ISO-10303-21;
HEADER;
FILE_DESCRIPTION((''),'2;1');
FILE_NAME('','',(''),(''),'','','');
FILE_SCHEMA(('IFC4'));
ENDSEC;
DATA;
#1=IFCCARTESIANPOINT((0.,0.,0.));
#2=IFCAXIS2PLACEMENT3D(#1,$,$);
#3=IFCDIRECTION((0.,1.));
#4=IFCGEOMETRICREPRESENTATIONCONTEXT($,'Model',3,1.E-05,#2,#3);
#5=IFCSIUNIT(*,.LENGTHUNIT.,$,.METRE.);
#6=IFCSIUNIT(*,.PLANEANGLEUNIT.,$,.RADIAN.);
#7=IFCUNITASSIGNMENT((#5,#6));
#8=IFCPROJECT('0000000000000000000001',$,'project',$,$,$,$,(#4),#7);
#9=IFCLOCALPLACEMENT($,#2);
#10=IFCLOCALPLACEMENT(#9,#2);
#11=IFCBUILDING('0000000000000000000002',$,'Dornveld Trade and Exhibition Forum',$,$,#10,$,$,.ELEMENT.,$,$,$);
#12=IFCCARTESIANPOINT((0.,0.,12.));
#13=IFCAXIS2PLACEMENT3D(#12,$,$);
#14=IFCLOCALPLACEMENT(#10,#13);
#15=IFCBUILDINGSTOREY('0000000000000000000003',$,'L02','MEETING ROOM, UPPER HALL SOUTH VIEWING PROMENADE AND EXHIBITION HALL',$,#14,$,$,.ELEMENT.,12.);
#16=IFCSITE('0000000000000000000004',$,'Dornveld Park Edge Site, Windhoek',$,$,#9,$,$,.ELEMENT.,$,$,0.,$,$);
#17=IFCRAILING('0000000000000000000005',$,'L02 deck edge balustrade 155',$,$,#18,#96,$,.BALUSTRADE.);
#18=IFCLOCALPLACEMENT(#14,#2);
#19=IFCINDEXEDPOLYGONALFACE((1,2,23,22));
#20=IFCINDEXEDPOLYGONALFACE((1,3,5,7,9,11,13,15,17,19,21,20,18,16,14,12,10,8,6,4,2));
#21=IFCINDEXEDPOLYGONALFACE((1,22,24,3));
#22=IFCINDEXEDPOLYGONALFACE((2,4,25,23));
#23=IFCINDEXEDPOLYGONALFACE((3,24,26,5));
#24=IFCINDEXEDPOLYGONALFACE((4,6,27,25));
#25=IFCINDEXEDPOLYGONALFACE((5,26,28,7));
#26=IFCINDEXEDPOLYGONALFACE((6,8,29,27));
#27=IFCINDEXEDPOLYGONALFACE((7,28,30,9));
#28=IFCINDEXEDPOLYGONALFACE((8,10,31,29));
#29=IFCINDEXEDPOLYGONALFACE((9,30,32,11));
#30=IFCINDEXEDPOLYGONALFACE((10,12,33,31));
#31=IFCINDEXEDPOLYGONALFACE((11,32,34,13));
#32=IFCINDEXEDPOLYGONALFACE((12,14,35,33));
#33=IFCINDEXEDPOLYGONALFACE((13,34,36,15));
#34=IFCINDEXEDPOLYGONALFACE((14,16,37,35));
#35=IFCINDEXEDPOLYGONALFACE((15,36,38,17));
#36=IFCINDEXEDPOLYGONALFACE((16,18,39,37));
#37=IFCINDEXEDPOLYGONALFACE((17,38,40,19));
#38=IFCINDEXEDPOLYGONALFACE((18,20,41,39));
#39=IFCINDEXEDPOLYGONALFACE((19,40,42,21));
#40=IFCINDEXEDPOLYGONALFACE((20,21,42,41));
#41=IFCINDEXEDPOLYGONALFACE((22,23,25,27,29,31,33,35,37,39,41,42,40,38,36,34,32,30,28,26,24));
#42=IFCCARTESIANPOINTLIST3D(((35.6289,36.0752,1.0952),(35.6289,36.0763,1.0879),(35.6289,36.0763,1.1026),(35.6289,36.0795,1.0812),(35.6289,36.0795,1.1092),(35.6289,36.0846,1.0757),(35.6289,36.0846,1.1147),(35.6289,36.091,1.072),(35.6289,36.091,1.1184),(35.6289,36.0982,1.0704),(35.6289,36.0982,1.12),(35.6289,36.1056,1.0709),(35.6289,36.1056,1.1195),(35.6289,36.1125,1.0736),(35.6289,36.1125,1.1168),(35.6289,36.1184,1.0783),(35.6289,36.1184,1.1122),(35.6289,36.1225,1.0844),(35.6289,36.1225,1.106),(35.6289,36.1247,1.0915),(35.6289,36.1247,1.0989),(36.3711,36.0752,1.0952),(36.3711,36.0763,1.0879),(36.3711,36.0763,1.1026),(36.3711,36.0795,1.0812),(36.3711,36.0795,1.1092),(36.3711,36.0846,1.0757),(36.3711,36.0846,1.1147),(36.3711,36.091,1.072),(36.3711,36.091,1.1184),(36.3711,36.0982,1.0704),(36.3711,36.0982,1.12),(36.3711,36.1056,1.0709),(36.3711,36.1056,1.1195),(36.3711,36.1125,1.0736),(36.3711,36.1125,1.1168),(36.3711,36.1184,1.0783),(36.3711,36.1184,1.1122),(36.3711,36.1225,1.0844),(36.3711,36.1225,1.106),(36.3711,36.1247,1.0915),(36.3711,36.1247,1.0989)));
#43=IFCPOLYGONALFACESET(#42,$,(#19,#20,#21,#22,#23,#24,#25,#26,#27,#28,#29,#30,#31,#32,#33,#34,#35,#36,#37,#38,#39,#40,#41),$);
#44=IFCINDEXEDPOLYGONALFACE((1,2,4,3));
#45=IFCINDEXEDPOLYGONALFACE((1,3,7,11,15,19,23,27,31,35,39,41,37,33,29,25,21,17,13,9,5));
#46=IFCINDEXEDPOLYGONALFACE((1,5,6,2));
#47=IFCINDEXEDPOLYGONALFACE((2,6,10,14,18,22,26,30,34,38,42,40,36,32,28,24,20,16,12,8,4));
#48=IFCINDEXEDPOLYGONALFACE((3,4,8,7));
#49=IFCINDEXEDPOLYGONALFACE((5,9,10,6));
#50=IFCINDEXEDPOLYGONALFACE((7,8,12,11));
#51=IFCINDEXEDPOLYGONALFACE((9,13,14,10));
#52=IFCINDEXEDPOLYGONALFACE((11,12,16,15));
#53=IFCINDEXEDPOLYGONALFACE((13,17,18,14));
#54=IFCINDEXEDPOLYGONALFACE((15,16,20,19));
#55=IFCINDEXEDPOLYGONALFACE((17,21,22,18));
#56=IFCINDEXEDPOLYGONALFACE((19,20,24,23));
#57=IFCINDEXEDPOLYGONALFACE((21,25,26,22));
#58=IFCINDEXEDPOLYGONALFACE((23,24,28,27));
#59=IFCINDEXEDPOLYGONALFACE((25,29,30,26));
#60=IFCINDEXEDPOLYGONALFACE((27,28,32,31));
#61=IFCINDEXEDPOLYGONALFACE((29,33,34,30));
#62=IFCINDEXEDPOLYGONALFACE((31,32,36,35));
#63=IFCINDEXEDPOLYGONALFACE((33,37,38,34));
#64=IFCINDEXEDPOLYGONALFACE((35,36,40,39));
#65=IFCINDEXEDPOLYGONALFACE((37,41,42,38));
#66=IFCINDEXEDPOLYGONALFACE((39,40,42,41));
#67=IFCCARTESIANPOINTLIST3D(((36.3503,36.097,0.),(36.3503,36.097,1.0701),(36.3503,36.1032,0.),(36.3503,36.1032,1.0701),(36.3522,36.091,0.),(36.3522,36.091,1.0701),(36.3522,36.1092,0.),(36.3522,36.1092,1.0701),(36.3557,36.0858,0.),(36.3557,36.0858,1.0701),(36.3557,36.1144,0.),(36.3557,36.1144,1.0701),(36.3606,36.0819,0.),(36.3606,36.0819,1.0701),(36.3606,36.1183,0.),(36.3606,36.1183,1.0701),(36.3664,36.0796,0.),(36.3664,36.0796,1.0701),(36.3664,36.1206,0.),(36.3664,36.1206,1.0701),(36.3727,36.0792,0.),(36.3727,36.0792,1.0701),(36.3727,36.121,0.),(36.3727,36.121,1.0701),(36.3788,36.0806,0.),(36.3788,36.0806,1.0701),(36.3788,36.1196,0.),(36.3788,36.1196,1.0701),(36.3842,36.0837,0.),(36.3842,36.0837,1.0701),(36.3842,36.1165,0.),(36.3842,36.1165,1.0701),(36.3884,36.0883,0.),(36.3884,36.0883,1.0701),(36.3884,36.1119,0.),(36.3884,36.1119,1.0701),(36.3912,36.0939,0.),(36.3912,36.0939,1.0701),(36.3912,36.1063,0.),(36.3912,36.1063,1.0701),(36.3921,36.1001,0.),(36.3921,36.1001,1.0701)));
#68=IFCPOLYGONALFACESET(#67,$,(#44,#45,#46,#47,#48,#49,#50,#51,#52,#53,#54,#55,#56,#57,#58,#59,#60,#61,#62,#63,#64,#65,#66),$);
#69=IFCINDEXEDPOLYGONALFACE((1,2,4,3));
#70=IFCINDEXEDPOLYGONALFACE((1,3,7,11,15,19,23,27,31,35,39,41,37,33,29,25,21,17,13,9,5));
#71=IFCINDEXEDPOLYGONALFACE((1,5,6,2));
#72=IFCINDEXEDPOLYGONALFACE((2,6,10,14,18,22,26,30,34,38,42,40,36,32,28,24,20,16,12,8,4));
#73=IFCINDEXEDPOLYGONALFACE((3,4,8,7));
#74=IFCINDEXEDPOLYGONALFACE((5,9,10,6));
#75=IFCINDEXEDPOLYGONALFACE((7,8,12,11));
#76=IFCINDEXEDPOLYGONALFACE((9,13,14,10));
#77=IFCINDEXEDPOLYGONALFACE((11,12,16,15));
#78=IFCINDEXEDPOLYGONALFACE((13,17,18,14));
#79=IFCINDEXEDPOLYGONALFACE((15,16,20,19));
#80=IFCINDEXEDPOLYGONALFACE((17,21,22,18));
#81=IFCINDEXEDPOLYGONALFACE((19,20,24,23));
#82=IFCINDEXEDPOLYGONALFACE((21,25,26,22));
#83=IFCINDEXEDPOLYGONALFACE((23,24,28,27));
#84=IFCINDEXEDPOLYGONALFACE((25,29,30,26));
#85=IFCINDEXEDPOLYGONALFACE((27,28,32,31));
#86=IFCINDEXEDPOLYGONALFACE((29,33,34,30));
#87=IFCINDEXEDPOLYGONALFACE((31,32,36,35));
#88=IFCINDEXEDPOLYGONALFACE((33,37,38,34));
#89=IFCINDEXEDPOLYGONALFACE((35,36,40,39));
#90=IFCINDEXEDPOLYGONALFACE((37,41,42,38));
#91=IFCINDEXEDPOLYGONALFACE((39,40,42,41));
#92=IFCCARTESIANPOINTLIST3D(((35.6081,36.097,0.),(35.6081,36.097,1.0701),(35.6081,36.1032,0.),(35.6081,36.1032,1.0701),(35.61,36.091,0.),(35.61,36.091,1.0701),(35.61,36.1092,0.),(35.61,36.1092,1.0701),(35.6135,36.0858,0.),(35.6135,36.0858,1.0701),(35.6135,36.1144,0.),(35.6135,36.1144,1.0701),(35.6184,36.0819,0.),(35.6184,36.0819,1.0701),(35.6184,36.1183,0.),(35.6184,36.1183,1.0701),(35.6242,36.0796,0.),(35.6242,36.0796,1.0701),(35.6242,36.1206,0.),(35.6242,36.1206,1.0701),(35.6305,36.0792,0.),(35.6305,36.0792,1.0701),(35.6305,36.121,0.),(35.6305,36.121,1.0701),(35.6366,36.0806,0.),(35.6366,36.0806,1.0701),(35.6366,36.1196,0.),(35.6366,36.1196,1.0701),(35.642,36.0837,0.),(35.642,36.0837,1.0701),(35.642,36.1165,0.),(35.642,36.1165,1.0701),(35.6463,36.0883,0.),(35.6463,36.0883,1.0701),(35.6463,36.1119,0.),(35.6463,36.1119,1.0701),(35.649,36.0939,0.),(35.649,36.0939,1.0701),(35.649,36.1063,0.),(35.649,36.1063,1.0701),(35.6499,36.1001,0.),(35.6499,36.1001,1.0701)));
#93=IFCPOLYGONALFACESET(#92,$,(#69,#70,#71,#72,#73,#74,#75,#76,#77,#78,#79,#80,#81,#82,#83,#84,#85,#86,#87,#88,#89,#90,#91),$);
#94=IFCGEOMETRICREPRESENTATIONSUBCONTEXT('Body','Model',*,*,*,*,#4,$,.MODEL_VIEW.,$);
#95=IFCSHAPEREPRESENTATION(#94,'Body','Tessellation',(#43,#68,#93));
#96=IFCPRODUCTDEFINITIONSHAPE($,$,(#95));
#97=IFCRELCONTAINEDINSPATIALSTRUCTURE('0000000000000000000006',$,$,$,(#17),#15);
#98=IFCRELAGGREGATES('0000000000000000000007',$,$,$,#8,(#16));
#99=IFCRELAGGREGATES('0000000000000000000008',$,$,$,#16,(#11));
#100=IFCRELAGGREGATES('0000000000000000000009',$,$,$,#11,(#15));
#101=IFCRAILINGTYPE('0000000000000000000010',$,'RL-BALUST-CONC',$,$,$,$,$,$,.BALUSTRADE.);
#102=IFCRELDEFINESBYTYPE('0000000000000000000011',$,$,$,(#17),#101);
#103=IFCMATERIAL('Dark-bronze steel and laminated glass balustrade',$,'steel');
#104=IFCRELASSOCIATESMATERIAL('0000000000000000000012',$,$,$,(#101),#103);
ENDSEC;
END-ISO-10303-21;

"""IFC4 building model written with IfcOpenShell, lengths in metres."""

from ifc_helpers import new_model, si_unit, direction, frame, origin, origin_2d, place, context, subcontext, project, spatial, circle, extrude, material, type_object, element, save


model = new_model("IFC4")

# Units and contexts
model_context = context("Model", 3, precision=1e-05, world=origin(), true_north=direction((0.0, 1.0)))
body_context = subcontext(model_context, "Body", "Model", "MODEL_VIEW")
ifc_project = project(units=[si_unit("LENGTHUNIT", "METRE"), si_unit("PLANEANGLEUNIT", "RADIAN")], contexts=[model_context])

# Site, building, storey
site_placement = place(None, origin())
site = spatial("IfcSite", under=ifc_project, at=site_placement, Name="Dornveld Park Edge Site, Windhoek", CompositionType="ELEMENT", RefElevation=0.0)
building_placement = place(site_placement, origin())
building = spatial("IfcBuilding", under=site, at=building_placement, Name="Dornveld Trade and Exhibition Forum", CompositionType="ELEMENT")
storey_placement = place(building_placement, frame((0.0, 0.0, 12.0)))
storey = spatial("IfcBuildingStorey", under=building, at=storey_placement, Name="L02", Description="MEETING ROOM, UPPER HALL SOUTH VIEWING PROMENADE AND EXHIBITION HALL", CompositionType="ELEMENT", Elevation=12.0)

# Railing
ifc_material_1 = material(Name="Dark-bronze steel and laminated glass balustrade", Category="steel")
railing_type = type_object("IfcRailingType", Name="RL-BALUST-CONC", PredefinedType="BALUSTRADE", material=ifc_material_1)
railing_1_placement = place(storey_placement, frame((36.3711, 36.1001, 0.0)))
element("IfcRailing", 1, at=railing_1_placement, inside=storey, type_object=railing_type, Name="L02 deck edge balustrade 155", PredefinedType="BALUSTRADE", context=body_context, shape_type="SweptSolid", body=[
    extrude(circle(Radius=0.0249, at=origin_2d()), frame((0.0, 0.0, 1.0952), z_axis=(-1.0, 0.0, 0.0), x_axis=(0.0, -1.0, 0.0)), (0.0, 0.0, 1.0), 0.7422),
    extrude(circle(Radius=0.021, at=origin_2d()), origin(), (0.0, 0.0, 1.0), 1.0701),
    extrude(circle(Radius=0.021, at=origin_2d()), frame((-0.7422, 0.0, 0.0)), (0.0, 0.0, 1.0), 1.0701),
])

save(model, "model.ifc")
